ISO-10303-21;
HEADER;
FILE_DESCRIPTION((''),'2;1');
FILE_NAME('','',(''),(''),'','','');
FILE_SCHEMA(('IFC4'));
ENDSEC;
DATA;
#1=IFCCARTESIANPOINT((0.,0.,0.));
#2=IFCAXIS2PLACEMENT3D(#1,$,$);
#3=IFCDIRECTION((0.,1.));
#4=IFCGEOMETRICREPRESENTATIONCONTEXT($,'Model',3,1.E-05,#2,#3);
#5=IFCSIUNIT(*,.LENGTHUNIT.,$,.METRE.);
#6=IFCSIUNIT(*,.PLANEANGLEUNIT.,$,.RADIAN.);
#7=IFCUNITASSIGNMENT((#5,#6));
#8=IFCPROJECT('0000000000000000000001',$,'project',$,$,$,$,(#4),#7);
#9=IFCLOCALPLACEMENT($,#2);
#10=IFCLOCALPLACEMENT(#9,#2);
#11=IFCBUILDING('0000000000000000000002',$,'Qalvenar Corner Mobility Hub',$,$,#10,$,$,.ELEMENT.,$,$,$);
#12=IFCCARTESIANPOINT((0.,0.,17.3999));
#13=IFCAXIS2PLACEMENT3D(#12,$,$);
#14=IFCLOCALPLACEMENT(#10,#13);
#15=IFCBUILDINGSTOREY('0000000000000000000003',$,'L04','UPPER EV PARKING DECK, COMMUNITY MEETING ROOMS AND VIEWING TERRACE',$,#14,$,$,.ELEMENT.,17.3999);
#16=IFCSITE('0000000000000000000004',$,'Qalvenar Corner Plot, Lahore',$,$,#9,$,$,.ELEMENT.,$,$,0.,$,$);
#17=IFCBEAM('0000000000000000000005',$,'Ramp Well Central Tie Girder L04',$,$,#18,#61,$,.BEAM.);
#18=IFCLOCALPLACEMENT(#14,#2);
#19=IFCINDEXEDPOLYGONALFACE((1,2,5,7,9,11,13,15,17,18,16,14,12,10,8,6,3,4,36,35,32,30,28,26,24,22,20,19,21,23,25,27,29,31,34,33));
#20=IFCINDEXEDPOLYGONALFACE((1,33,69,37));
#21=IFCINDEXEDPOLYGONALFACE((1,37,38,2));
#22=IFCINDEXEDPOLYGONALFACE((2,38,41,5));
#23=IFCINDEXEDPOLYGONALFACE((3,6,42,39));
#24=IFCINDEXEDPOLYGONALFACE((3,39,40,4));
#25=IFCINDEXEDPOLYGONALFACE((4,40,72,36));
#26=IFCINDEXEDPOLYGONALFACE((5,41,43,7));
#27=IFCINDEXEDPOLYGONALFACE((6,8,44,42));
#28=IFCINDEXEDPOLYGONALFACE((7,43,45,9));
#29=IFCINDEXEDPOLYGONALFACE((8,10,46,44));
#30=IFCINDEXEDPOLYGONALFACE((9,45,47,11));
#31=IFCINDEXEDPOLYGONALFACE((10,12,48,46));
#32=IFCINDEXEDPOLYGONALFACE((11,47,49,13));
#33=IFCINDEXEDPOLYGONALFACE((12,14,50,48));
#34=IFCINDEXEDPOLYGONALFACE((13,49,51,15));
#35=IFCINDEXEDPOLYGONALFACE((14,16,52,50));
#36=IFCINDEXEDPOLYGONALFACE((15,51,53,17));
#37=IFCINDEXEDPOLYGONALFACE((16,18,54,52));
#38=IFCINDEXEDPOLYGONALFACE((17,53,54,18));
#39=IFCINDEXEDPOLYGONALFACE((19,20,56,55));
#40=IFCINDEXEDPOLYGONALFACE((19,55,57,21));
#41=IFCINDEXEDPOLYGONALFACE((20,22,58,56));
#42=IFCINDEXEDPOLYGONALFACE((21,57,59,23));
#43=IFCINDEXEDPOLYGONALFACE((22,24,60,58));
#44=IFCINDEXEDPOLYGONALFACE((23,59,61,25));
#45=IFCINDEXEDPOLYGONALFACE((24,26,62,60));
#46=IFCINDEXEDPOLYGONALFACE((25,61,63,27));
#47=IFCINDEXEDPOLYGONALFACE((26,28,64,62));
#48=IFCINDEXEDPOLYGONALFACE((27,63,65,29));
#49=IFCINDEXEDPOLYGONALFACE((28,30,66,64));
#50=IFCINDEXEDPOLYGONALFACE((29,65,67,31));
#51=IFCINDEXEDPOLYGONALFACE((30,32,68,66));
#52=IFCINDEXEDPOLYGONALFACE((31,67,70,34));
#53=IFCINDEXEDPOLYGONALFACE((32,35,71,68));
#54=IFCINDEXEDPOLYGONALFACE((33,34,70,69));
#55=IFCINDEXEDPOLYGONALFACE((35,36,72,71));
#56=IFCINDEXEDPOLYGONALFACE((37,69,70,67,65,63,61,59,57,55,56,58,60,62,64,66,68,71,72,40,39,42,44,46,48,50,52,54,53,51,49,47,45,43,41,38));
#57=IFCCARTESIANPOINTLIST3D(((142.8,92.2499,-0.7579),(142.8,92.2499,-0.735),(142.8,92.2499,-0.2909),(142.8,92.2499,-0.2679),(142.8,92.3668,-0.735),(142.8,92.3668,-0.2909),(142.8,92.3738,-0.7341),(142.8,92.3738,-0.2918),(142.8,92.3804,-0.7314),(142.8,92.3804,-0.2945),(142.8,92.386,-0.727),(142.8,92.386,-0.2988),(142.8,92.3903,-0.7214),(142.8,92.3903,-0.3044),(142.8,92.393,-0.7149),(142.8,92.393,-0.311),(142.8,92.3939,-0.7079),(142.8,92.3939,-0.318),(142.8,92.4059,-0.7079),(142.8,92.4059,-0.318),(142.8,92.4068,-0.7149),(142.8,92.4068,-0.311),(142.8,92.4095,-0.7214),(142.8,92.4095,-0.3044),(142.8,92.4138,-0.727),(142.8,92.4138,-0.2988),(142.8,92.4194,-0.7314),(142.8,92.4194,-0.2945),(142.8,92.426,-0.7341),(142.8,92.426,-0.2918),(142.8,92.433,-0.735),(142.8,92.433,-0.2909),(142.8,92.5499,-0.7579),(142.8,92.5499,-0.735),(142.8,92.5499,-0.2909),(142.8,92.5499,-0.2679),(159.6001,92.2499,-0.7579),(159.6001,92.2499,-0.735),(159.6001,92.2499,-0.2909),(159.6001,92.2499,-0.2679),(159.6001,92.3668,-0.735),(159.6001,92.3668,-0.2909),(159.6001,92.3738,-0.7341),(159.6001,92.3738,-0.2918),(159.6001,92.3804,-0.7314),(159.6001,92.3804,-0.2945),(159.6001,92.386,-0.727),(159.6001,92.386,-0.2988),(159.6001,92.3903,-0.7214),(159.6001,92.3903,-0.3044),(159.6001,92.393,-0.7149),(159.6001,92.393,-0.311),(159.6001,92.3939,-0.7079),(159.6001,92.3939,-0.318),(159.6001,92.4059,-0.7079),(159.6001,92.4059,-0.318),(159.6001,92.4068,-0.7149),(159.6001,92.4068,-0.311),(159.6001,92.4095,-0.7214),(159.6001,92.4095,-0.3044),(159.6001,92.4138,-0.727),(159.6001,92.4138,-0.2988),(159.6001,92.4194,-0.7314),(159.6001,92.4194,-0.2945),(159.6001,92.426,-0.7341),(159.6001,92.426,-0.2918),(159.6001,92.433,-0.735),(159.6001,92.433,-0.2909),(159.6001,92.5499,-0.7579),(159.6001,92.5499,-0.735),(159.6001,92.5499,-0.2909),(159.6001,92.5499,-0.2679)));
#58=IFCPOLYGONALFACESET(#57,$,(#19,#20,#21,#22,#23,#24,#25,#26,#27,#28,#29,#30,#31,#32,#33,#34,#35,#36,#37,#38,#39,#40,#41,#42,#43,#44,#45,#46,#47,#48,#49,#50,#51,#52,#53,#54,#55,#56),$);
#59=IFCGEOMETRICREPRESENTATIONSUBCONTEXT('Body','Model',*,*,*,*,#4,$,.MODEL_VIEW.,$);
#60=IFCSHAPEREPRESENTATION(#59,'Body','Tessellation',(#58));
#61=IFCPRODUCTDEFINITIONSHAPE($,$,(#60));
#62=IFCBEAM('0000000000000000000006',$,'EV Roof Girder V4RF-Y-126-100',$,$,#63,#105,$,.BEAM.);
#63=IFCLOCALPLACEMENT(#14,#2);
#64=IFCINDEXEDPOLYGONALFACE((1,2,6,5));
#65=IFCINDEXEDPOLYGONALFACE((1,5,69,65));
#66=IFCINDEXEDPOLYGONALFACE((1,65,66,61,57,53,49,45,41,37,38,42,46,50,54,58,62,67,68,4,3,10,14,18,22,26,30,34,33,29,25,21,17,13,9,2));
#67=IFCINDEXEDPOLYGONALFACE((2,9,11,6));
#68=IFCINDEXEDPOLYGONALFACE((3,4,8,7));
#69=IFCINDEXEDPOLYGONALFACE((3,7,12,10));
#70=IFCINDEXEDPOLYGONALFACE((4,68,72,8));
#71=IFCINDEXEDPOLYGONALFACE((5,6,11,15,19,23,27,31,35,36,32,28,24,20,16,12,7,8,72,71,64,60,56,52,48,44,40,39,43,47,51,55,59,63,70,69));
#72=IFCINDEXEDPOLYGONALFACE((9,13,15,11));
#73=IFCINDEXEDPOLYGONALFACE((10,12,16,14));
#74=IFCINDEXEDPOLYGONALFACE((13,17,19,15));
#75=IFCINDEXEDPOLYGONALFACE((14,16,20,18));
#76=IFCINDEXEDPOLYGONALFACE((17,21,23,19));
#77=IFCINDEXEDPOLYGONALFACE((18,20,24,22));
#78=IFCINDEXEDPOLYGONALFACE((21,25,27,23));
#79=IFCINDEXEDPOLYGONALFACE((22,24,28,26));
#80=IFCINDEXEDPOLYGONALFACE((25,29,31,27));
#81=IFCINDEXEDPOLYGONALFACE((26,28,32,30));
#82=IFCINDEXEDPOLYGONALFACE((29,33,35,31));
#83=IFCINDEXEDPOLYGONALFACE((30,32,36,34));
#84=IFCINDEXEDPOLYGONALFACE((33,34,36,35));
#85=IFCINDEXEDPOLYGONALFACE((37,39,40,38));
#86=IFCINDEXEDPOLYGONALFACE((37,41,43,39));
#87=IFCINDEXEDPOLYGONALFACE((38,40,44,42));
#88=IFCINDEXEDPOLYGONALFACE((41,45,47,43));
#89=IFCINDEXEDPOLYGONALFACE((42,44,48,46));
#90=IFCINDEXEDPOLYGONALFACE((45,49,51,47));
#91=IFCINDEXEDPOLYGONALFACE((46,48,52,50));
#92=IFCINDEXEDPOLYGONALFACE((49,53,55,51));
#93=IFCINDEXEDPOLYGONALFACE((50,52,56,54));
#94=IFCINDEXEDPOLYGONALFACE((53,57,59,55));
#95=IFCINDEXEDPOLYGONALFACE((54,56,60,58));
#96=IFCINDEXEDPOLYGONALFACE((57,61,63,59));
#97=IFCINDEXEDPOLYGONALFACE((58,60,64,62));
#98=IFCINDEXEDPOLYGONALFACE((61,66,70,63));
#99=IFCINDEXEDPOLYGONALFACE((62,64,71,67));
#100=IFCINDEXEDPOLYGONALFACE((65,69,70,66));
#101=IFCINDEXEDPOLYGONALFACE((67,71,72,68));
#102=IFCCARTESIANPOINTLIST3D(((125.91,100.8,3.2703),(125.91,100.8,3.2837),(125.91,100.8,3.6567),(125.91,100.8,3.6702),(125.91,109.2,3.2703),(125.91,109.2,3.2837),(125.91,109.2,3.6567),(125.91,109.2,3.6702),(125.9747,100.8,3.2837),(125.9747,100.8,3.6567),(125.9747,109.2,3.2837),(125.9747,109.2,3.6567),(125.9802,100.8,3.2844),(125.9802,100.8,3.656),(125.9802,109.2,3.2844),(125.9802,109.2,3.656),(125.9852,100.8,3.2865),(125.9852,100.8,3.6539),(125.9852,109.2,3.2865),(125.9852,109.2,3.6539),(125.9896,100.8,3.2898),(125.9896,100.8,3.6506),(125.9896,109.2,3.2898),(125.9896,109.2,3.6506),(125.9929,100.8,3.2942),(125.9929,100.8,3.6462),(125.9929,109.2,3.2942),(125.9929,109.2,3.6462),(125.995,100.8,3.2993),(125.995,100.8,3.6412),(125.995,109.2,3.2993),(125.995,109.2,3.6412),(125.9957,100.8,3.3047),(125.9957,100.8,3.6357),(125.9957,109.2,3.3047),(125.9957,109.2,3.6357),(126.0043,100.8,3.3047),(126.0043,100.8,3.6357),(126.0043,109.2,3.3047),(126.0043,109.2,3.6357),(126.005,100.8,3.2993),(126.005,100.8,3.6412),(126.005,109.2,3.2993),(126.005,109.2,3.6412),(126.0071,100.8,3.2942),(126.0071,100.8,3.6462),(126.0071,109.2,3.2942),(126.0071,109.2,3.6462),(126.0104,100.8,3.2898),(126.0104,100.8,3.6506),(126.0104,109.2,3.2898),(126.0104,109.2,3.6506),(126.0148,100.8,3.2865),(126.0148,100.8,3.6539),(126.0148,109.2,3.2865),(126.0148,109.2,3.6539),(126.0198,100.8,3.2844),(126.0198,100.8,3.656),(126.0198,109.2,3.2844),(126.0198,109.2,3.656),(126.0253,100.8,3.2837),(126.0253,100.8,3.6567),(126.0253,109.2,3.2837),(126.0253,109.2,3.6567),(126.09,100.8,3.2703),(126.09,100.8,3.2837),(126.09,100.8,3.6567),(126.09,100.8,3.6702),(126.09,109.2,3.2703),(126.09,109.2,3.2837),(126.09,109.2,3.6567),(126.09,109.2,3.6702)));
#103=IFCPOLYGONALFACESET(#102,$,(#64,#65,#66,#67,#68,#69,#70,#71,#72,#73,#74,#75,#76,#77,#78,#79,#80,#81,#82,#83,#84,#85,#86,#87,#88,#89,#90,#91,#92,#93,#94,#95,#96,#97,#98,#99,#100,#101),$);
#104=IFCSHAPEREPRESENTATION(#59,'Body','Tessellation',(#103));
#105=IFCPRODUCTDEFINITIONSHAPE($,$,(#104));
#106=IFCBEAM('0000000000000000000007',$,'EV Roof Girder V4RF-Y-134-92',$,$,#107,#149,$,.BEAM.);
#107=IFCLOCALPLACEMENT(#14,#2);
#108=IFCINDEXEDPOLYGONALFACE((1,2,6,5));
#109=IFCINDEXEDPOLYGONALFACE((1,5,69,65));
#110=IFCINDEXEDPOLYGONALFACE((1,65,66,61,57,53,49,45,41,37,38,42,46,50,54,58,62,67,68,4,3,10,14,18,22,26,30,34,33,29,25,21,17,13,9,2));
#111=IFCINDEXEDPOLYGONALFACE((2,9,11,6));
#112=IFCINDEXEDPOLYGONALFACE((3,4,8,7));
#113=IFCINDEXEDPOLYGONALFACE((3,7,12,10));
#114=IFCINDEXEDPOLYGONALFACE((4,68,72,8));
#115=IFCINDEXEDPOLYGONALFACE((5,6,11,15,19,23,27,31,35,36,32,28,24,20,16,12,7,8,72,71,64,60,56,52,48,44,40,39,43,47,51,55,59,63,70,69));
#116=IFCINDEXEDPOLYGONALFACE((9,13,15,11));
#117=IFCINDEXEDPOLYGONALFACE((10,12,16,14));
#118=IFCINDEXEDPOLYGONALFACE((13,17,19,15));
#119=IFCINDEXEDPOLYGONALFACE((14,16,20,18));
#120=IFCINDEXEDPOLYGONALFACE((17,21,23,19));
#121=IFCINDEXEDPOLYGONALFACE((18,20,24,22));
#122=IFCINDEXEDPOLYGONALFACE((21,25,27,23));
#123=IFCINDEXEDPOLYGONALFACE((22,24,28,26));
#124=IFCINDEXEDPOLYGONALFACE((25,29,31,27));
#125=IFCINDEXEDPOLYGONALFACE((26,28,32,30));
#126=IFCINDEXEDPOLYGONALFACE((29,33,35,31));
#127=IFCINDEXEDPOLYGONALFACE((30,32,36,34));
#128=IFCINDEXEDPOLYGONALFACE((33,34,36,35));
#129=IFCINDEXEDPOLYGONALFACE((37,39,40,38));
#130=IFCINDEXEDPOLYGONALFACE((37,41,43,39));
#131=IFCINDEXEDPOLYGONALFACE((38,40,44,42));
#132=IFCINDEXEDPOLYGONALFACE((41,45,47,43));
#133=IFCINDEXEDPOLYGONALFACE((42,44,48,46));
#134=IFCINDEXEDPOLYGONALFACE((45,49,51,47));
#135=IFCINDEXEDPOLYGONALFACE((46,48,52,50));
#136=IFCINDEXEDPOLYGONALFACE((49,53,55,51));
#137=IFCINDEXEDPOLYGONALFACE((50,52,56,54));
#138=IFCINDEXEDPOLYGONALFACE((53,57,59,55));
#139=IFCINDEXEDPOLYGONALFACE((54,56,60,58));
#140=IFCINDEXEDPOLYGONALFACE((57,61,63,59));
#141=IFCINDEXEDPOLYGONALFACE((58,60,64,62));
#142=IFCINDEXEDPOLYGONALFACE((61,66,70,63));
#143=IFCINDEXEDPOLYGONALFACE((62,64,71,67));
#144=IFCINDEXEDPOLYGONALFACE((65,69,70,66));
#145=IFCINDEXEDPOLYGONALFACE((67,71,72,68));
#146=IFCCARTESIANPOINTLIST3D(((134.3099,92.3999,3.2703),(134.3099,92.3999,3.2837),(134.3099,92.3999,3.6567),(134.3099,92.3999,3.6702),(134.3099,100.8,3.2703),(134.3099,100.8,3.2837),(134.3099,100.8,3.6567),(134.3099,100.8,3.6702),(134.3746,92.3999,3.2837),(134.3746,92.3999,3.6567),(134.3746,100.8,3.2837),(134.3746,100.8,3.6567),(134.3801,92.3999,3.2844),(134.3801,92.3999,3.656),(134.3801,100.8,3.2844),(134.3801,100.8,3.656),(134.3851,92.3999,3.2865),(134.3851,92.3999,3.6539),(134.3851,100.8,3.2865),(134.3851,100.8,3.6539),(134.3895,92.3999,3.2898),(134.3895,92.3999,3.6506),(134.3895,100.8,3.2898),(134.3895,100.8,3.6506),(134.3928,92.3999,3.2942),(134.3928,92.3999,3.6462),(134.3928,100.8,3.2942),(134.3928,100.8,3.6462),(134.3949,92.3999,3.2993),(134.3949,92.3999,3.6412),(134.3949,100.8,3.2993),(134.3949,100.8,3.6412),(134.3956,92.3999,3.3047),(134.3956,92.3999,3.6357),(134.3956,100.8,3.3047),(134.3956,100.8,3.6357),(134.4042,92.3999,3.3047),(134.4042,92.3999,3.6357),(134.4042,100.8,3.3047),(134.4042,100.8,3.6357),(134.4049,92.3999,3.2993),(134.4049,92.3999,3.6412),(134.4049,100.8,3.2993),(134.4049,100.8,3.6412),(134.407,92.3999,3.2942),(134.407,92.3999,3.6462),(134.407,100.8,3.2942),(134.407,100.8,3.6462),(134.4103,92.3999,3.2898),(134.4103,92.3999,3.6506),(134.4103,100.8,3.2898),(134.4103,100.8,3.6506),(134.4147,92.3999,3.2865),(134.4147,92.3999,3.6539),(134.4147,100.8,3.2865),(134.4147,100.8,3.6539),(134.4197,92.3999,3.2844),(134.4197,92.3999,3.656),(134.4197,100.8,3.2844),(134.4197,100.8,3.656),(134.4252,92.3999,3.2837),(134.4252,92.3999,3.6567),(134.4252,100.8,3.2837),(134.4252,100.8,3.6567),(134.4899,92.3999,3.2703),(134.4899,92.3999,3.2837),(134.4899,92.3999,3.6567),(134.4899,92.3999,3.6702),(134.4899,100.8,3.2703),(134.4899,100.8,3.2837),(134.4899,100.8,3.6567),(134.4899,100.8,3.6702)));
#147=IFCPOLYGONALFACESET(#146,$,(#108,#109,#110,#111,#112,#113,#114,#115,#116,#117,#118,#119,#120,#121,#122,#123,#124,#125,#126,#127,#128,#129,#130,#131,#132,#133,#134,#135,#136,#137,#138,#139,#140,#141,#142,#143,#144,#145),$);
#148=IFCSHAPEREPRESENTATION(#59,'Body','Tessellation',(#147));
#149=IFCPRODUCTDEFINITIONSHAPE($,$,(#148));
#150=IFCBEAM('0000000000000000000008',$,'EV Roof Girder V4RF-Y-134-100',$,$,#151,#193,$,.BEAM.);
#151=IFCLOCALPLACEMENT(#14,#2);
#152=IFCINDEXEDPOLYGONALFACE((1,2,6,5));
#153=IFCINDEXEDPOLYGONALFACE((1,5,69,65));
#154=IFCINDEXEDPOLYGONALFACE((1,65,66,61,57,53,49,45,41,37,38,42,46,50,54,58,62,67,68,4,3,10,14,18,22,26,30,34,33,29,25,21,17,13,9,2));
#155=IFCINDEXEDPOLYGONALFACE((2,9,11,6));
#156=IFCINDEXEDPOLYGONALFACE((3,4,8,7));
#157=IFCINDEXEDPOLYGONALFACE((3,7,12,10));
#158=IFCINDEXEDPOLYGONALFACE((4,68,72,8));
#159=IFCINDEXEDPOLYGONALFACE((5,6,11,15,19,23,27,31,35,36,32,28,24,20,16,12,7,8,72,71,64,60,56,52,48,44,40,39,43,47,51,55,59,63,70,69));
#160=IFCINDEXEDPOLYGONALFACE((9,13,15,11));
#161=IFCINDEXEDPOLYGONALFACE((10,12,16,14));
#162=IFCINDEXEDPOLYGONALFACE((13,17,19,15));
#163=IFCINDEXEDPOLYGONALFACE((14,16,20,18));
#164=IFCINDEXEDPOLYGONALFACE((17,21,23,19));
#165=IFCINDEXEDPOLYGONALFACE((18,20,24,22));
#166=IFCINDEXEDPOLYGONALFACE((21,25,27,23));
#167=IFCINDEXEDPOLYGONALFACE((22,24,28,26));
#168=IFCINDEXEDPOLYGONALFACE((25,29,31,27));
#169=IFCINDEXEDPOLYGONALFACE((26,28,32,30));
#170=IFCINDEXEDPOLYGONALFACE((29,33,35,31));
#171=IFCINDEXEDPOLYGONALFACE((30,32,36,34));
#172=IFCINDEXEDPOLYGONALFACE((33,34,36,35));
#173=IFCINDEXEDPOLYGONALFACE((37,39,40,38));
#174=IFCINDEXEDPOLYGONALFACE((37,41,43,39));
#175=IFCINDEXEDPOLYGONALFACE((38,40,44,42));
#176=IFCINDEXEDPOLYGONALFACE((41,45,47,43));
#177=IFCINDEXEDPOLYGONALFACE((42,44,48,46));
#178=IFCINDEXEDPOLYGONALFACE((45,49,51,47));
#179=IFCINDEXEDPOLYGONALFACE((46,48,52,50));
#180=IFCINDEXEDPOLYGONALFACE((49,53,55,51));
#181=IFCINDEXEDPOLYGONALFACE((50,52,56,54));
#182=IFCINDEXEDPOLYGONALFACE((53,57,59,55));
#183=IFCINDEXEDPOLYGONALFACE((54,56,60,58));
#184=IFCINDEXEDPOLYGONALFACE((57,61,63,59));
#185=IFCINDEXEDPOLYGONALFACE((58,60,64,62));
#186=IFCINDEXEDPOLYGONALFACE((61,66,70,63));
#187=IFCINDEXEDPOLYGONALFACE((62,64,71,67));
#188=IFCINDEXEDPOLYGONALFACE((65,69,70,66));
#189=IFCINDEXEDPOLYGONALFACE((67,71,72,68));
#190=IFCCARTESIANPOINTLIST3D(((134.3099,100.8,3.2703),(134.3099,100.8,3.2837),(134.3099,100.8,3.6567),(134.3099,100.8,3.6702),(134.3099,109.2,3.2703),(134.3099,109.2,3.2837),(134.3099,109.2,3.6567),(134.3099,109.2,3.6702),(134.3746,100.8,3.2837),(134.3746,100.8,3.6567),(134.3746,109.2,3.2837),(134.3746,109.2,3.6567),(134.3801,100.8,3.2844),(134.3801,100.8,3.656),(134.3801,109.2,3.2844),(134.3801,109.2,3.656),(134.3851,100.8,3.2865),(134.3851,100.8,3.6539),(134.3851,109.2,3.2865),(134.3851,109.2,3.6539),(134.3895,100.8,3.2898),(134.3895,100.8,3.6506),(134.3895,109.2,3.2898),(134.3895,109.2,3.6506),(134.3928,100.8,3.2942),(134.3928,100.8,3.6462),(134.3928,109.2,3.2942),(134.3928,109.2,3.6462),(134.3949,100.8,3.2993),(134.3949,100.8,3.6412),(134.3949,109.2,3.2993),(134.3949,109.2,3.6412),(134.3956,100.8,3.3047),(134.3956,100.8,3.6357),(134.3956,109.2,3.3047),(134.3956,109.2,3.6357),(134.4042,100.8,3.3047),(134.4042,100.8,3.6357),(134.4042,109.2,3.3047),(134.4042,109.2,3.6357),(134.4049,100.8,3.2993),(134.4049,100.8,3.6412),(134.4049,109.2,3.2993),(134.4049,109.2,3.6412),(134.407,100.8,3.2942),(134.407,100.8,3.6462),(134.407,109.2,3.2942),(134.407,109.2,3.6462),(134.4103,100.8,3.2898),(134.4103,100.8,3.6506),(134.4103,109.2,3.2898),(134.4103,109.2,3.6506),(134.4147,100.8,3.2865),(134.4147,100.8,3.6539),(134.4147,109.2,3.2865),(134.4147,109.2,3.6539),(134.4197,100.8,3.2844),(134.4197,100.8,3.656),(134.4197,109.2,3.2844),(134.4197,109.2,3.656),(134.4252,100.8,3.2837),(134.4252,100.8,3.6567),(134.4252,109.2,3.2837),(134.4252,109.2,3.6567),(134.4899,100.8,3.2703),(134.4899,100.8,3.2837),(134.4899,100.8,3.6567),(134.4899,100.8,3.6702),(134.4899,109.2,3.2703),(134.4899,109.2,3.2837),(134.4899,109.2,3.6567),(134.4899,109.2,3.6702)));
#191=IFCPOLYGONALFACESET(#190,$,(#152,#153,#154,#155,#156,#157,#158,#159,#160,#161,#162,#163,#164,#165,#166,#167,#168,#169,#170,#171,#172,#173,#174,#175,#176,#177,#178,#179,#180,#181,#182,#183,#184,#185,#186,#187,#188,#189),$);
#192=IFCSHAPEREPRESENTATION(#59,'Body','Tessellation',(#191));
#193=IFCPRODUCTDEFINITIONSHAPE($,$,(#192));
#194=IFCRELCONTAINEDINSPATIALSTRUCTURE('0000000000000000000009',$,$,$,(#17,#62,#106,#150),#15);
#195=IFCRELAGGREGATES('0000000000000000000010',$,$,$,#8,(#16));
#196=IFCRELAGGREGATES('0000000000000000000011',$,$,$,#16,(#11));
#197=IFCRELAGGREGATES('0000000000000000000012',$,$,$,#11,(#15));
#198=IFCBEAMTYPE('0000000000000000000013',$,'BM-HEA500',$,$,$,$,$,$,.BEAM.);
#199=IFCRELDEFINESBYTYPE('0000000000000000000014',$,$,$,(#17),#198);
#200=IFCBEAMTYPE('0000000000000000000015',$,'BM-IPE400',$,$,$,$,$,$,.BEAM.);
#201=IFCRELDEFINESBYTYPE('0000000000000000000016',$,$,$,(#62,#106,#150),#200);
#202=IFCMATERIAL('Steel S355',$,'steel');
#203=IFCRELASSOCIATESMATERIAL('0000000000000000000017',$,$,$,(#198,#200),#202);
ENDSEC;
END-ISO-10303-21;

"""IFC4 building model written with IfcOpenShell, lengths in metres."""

from ifc_helpers import new_model, si_unit, direction, frame, origin, origin_2d, place, context, subcontext, project, spatial, i_section, extrude, material, material_profile, profile_set, type_object, element, save


model = new_model("IFC4")

# Units and contexts
model_context = context("Model", 3, precision=1e-05, world=origin(), true_north=direction((0.0, 1.0)))
body_context = subcontext(model_context, "Body", "Model", "MODEL_VIEW")
ifc_project = project(units=[si_unit("LENGTHUNIT", "METRE"), si_unit("PLANEANGLEUNIT", "RADIAN")], contexts=[model_context])

# Site, building, storey
site_placement = place(None, origin())
site = spatial("IfcSite", under=ifc_project, at=site_placement, Name="Qalvenar Corner Plot, Lahore", CompositionType="ELEMENT", RefElevation=0.0)
building_placement = place(site_placement, origin())
building = spatial("IfcBuilding", under=site, at=building_placement, Name="Qalvenar Corner Mobility Hub", CompositionType="ELEMENT")
storey_placement = place(building_placement, frame((0.0, 0.0, 17.3999)))
storey = spatial("IfcBuildingStorey", under=building, at=storey_placement, Name="L04", Description="UPPER EV PARKING DECK, COMMUNITY MEETING ROOMS AND VIEWING TERRACE", CompositionType="ELEMENT", Elevation=17.3999)

# Shared definitions
ifc_material_1 = material(Name="Steel S355", Category="steel")

# Beams
ifc_material_profile_1 = material_profile(ifc_material_1, i_section(OverallWidth=0.3, OverallDepth=0.49, WebThickness=0.012, FlangeThickness=0.0229, FilletRadius=0.0271, at=origin_2d()), Name="HEA500")
ifc_profile_set_1 = profile_set([ifc_material_profile_1], Name="Steel S355")
beam_type_1 = type_object("IfcBeamType", Name="BM-HEA500", PredefinedType="BEAM", material=ifc_profile_set_1)
beam_1_placement = place(storey_placement, frame((142.8, 92.3999, -0.5129), z_axis=(1.0, 0.0, 0.0), x_axis=(0.0, 1.0, 0.0)))
element("IfcBeam", 1, at=beam_1_placement, inside=storey, type_object=beam_type_1, Name="Ramp Well Central Tie Girder L04", PredefinedType="BEAM", context=body_context, shape_type="SweptSolid", body=[
    extrude(i_section(OverallWidth=0.3, OverallDepth=0.49, WebThickness=0.012, FlangeThickness=0.0229, FilletRadius=0.0271, at=origin_2d()), origin(), (0.0, 0.0, 1.0), 16.8),
])
ifc_material_profile_2 = material_profile(ifc_material_1, i_section(OverallWidth=0.1799, OverallDepth=0.3999, WebThickness=0.0085, FlangeThickness=0.0134, FilletRadius=0.021, at=origin_2d()), Name="IPE400")
ifc_profile_set_2 = profile_set([ifc_material_profile_2], Name="Steel S355")
beam_type_2 = type_object("IfcBeamType", Name="BM-IPE400", PredefinedType="BEAM", material=ifc_profile_set_2)
beam_2_placement = place(storey_placement, frame((126.0, 100.8, 3.4702), z_axis=(0.0, 1.0, 0.0), x_axis=(-1.0, 0.0, 0.0)))
element("IfcBeam", 2, at=beam_2_placement, inside=storey, type_object=beam_type_2, Name="EV Roof Girder V4RF-Y-126-100", PredefinedType="BEAM", context=body_context, shape_type="SweptSolid", body=[
    extrude(i_section(OverallWidth=0.1799, OverallDepth=0.3999, WebThickness=0.0085, FlangeThickness=0.0134, FilletRadius=0.021, at=origin_2d()), origin(), (0.0, 0.0, 1.0), 8.3999),
])
beam_3_placement = place(storey_placement, frame((134.3999, 92.3999, 3.4702), z_axis=(0.0, 1.0, 0.0), x_axis=(-1.0, 0.0, 0.0)))
element("IfcBeam", 3, at=beam_3_placement, inside=storey, type_object=beam_type_2, Name="EV Roof Girder V4RF-Y-134-92", PredefinedType="BEAM", context=body_context, shape_type="SweptSolid", body=[
    extrude(i_section(OverallWidth=0.1799, OverallDepth=0.3999, WebThickness=0.0085, FlangeThickness=0.0134, FilletRadius=0.021, at=origin_2d()), origin(), (0.0, 0.0, 1.0), 8.4001),
])
beam_4_placement = place(storey_placement, frame((134.3999, 100.8, 3.4702), z_axis=(0.0, 1.0, 0.0), x_axis=(-1.0, 0.0, 0.0)))
element("IfcBeam", 4, at=beam_4_placement, inside=storey, type_object=beam_type_2, Name="EV Roof Girder V4RF-Y-134-100", PredefinedType="BEAM", context=body_context, shape_type="SweptSolid", body=[
    extrude(i_section(OverallWidth=0.1799, OverallDepth=0.3999, WebThickness=0.0085, FlangeThickness=0.0134, FilletRadius=0.021, at=origin_2d()), origin(), (0.0, 0.0, 1.0), 8.3999),
])

save(model, "model.ifc")
